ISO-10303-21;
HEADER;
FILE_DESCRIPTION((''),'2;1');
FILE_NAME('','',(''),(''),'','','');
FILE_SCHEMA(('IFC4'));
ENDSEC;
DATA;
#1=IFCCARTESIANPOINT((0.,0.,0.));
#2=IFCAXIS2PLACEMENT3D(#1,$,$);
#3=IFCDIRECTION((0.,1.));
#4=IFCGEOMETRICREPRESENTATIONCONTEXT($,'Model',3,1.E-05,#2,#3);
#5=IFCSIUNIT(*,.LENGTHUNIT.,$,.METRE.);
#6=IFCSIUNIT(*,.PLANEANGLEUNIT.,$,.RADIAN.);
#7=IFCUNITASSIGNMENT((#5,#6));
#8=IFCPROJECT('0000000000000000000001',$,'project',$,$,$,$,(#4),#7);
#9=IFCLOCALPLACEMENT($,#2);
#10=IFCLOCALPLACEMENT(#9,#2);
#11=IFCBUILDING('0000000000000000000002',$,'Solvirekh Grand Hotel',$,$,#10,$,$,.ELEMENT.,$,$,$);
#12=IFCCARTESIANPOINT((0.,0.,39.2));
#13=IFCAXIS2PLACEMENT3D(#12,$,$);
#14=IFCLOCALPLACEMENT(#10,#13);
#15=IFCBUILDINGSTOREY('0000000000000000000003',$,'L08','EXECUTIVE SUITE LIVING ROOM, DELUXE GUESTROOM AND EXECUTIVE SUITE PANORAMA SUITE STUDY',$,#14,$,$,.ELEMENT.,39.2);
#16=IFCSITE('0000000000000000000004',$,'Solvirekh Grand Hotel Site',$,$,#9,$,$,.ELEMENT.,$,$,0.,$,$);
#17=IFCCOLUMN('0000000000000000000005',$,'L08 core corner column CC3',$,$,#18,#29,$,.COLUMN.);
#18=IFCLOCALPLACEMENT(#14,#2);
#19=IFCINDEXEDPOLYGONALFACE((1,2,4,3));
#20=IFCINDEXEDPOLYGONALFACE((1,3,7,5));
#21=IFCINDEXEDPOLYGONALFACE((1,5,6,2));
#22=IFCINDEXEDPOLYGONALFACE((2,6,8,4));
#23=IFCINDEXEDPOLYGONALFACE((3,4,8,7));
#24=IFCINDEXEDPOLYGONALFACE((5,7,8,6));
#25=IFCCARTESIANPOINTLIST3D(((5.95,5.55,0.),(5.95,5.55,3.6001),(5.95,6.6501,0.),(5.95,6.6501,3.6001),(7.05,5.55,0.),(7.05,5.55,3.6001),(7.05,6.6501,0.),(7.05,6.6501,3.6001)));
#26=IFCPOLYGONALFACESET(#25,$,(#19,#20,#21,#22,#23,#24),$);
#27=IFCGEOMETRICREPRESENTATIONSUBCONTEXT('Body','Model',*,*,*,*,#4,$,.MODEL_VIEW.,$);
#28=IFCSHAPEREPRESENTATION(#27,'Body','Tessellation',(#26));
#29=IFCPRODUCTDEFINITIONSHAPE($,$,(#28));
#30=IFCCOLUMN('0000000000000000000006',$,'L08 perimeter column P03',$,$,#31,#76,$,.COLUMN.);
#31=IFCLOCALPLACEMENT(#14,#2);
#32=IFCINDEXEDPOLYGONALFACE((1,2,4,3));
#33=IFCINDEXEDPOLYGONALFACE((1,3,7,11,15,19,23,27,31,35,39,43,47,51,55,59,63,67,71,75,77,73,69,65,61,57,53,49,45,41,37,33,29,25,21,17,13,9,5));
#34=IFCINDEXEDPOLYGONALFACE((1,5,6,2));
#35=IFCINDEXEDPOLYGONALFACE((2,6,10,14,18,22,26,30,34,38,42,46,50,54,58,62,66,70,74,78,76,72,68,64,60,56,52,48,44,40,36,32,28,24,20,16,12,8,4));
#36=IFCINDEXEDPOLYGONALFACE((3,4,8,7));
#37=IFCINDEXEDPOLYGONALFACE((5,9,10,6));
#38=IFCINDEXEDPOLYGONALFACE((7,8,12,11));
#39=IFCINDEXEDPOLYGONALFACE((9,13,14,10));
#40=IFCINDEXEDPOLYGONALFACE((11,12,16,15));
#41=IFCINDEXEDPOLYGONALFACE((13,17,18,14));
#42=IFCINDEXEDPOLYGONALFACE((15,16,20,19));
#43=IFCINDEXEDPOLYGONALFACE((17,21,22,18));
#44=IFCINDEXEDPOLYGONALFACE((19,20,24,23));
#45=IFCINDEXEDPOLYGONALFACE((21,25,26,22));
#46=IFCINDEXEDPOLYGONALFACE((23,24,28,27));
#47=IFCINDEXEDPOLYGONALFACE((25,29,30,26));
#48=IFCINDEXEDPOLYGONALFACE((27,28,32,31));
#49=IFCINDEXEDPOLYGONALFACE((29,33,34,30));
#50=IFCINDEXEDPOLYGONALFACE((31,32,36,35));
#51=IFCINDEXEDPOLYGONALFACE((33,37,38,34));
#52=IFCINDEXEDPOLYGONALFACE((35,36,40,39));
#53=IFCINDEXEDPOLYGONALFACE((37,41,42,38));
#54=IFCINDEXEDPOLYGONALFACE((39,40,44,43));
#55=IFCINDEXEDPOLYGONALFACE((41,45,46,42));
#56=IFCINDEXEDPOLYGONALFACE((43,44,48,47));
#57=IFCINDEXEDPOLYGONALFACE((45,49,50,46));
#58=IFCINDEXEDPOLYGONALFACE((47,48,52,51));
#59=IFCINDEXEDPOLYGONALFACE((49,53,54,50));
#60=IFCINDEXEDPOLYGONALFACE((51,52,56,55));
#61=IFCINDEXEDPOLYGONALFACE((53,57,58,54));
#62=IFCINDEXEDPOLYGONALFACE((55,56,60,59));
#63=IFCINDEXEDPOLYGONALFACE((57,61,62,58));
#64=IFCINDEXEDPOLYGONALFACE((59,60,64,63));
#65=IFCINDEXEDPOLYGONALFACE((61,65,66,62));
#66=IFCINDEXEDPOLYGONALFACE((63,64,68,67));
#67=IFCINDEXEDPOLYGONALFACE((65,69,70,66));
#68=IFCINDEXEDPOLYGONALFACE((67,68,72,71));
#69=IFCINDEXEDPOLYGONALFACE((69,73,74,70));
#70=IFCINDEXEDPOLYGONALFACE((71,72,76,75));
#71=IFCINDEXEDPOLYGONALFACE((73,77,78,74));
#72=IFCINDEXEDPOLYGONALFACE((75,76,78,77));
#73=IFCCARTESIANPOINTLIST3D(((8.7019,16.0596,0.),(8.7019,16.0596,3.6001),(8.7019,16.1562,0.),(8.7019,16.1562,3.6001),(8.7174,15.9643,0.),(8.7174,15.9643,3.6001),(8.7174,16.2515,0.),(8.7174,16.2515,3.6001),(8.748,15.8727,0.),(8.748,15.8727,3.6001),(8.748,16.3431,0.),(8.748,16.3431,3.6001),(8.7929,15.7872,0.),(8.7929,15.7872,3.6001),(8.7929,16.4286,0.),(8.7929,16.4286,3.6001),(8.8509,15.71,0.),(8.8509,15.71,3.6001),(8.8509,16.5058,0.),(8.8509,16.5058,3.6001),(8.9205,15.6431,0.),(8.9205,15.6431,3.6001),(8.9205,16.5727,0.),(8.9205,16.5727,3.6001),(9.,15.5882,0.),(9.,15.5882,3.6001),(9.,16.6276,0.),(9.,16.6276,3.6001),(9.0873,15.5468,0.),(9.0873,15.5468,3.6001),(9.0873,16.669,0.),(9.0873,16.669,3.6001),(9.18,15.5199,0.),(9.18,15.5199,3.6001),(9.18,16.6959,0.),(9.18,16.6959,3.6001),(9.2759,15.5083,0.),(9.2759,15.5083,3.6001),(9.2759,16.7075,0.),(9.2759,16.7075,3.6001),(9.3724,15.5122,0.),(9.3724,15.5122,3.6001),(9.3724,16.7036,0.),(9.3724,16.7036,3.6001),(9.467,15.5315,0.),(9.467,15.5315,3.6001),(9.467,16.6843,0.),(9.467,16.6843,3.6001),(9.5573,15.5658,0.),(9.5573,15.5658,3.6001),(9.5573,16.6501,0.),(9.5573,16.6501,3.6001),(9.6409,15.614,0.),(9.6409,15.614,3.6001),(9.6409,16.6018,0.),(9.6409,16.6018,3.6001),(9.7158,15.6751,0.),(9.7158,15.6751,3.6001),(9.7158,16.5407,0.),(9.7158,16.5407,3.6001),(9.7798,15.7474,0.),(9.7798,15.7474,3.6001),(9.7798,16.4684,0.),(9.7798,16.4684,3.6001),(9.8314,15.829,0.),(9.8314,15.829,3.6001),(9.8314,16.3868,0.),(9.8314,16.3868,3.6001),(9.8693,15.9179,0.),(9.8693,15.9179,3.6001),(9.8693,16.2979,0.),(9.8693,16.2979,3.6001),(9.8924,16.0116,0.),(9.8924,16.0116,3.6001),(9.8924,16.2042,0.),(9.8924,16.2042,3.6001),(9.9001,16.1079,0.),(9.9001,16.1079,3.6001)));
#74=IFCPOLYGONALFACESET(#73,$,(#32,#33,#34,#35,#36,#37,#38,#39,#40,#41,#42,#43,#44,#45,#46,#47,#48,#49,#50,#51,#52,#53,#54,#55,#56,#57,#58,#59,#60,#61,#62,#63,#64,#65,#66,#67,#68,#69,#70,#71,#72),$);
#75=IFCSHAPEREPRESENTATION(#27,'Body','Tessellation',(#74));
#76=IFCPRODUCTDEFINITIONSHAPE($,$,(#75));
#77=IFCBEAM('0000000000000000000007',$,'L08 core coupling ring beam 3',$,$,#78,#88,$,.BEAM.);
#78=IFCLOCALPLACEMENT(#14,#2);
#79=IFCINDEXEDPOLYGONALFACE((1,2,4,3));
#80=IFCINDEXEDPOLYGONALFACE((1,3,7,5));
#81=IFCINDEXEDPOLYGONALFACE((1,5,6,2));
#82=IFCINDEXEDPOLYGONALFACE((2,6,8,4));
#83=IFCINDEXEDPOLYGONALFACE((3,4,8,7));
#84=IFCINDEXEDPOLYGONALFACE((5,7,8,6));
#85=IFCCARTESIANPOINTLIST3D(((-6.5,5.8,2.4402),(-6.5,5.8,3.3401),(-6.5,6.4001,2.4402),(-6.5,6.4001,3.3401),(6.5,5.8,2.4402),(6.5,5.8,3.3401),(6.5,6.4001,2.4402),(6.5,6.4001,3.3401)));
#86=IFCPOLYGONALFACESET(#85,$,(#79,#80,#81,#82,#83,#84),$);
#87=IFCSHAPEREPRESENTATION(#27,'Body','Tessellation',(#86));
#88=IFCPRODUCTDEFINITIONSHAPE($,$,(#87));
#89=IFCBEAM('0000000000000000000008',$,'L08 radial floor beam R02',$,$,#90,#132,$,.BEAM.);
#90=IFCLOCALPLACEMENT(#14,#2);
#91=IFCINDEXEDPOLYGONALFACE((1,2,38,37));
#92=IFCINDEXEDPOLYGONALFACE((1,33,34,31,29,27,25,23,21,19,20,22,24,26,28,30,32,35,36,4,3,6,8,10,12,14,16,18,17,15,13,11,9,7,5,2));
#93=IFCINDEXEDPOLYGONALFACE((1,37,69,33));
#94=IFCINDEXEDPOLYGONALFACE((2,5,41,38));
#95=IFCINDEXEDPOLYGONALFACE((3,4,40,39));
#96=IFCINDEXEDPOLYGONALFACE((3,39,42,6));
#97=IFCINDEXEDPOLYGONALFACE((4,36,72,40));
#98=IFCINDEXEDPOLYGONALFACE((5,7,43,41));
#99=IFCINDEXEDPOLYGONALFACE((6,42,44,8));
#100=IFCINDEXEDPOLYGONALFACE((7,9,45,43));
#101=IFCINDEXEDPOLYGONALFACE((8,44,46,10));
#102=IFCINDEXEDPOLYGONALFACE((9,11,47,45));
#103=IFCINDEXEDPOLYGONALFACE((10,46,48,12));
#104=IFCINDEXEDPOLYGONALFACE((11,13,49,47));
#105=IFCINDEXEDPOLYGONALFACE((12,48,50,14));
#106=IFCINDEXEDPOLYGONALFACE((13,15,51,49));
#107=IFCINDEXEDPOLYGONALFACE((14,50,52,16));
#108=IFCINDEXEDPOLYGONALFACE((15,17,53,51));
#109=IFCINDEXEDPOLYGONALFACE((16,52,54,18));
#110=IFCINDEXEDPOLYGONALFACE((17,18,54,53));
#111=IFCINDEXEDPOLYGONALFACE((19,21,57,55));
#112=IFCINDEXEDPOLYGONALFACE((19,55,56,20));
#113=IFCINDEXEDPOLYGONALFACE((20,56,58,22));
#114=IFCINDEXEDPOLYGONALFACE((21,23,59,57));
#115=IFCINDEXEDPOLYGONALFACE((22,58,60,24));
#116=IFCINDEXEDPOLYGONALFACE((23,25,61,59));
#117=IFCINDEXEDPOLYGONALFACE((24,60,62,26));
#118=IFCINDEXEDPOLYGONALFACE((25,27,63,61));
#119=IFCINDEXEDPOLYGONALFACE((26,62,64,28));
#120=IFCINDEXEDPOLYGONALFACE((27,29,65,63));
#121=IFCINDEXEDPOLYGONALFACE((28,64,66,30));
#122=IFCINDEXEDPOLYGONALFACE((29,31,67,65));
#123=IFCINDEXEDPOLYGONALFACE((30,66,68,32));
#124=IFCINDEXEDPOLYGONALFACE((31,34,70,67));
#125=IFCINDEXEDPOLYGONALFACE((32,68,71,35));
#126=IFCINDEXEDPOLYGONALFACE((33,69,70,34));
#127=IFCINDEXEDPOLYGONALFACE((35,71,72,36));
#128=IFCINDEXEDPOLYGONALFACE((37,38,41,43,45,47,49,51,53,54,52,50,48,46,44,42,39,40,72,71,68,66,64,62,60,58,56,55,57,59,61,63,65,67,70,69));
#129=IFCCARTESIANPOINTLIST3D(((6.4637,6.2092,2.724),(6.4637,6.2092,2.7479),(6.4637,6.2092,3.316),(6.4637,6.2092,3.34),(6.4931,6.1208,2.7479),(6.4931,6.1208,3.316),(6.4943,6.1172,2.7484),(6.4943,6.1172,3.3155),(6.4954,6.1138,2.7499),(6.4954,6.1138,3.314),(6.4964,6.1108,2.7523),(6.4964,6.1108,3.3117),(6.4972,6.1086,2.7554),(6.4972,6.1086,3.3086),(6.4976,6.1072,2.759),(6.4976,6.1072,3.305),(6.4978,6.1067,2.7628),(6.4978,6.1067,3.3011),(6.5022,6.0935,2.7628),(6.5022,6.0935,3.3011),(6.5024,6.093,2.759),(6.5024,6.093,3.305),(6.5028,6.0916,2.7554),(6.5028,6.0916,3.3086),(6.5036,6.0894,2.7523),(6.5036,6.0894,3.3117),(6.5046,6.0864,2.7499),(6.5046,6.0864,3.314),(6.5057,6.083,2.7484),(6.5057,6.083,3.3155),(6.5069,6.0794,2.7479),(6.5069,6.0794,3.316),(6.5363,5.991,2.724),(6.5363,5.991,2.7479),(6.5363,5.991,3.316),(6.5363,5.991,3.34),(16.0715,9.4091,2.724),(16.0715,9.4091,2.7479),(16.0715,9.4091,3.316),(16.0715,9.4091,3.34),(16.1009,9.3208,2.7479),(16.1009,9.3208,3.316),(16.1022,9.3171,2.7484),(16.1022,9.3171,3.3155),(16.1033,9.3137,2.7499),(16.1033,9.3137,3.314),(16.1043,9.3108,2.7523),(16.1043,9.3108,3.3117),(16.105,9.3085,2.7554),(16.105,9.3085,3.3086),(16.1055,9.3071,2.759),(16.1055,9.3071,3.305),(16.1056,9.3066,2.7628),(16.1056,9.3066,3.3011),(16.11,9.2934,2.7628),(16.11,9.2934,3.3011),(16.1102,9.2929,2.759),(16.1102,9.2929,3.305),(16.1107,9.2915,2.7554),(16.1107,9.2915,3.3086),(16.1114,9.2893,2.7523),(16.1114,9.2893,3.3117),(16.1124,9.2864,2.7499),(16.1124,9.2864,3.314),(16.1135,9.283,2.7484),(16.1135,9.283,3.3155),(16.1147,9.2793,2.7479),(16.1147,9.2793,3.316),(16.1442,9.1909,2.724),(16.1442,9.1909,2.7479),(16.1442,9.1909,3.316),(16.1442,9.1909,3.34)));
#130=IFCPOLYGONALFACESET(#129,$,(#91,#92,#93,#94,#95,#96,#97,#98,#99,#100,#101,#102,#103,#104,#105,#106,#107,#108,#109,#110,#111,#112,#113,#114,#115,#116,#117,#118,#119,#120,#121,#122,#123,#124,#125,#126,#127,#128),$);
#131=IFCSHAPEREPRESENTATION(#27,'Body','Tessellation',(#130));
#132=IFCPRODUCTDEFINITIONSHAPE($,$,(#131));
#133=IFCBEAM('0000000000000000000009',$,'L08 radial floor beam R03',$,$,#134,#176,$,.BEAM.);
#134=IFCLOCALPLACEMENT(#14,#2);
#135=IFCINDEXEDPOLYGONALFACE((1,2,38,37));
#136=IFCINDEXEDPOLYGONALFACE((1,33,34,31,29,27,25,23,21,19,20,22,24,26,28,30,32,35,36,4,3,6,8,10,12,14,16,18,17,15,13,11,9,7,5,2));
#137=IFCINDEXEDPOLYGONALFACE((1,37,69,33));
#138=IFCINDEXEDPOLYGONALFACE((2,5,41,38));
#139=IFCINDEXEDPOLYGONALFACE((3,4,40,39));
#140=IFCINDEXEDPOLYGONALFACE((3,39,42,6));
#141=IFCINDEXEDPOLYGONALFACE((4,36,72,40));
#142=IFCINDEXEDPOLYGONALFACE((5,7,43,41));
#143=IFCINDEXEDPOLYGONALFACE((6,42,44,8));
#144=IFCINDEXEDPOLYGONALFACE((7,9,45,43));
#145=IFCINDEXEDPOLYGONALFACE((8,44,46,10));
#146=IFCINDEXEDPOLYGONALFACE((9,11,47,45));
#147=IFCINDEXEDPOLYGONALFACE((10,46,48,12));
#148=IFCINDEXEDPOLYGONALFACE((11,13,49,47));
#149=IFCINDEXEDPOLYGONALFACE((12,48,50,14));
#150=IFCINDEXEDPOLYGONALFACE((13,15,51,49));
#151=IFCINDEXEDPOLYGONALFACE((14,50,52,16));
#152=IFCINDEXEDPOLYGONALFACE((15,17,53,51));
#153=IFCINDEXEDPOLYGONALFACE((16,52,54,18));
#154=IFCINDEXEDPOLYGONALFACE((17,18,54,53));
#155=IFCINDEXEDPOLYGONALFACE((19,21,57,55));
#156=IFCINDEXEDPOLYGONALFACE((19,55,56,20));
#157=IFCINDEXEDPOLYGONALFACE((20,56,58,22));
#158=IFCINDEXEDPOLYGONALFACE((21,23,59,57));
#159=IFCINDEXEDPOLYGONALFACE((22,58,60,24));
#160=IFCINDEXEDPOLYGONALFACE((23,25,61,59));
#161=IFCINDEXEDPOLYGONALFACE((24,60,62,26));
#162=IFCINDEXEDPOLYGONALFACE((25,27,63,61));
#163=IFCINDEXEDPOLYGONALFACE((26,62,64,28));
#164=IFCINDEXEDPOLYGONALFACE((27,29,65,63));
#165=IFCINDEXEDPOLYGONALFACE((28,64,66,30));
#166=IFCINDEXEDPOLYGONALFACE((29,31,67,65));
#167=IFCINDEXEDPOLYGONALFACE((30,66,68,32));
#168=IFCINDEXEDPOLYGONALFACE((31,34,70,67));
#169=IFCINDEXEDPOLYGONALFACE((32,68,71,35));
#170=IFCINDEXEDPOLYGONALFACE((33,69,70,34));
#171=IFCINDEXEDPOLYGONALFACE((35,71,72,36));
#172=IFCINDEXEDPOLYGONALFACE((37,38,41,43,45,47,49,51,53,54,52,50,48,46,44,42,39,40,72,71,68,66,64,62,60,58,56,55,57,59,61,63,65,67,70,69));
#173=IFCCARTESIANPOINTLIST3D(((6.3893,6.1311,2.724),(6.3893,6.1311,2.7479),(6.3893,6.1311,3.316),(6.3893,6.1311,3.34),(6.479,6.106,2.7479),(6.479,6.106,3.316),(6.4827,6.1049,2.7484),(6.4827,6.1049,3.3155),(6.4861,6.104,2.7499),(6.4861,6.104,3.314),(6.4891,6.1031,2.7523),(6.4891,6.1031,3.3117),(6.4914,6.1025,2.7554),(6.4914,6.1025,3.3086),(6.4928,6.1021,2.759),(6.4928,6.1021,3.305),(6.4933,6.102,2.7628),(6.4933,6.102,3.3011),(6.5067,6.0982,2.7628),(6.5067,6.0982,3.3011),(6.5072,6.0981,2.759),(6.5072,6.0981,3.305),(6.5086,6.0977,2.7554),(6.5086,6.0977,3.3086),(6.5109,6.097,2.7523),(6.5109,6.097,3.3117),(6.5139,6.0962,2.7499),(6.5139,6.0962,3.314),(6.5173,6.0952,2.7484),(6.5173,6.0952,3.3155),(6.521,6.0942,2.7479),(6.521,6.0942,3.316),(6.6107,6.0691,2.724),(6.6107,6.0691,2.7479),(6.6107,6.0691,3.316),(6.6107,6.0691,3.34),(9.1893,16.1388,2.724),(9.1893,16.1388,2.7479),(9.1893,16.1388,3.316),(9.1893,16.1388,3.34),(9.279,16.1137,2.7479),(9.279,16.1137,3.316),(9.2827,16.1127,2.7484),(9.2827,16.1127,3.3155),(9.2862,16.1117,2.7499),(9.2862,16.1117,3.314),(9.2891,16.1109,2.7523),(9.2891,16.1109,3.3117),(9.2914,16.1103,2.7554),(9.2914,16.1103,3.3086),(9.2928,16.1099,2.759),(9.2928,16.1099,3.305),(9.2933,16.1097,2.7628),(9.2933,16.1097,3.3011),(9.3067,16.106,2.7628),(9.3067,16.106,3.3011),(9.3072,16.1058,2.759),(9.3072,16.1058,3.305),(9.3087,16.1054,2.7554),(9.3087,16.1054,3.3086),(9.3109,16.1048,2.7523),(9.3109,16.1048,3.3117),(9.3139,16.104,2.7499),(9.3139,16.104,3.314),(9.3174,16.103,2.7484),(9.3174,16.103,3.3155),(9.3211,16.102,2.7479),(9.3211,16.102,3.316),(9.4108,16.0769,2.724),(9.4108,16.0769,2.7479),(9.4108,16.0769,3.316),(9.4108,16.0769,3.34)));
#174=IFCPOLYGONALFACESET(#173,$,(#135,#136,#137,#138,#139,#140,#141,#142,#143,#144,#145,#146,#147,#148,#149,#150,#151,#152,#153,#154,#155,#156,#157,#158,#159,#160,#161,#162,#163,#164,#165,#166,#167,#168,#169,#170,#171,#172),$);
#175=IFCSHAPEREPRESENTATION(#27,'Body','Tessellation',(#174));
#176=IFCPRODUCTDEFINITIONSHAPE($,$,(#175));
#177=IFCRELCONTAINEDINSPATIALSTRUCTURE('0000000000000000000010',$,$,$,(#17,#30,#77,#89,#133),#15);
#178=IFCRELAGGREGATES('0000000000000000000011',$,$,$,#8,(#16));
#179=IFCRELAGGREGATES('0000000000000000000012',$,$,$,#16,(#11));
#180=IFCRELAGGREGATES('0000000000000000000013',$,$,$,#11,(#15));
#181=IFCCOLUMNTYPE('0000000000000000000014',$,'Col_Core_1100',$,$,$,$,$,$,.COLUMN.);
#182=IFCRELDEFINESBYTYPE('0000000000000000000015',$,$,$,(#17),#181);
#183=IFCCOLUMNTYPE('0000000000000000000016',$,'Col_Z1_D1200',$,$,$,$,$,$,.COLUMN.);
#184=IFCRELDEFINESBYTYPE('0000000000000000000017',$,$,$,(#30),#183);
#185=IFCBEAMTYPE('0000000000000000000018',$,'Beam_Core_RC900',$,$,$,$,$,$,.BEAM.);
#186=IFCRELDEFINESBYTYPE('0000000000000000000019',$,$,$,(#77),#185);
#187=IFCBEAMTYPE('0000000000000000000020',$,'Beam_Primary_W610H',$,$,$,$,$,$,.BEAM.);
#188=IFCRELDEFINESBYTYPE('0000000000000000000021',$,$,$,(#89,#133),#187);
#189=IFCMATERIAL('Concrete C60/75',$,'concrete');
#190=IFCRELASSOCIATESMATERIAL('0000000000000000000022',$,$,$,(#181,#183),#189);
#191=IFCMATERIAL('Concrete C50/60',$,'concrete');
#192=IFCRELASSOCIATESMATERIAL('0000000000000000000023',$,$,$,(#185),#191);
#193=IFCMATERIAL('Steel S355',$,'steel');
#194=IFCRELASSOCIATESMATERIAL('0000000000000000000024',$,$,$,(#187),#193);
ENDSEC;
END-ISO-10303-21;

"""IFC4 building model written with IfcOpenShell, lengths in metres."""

from ifc_helpers import new_model, si_unit, direction, frame, origin, origin_2d, place, context, subcontext, project, spatial, rectangle, circle, i_section, extrude, material, material_profile, profile_set, type_object, element, save


model = new_model("IFC4")

# Units and contexts
model_context = context("Model", 3, precision=1e-05, world=origin(), true_north=direction((0.0, 1.0)))
body_context = subcontext(model_context, "Body", "Model", "MODEL_VIEW")
ifc_project = project(units=[si_unit("LENGTHUNIT", "METRE"), si_unit("PLANEANGLEUNIT", "RADIAN")], contexts=[model_context])

# Site, building, storey
site_placement = place(None, origin())
site = spatial("IfcSite", under=ifc_project, at=site_placement, Name="Solvirekh Grand Hotel Site", CompositionType="ELEMENT", RefElevation=0.0)
building_placement = place(site_placement, origin())
building = spatial("IfcBuilding", under=site, at=building_placement, Name="Solvirekh Grand Hotel", CompositionType="ELEMENT")
storey_placement = place(building_placement, frame((0.0, 0.0, 39.2)))
storey = spatial("IfcBuildingStorey", under=building, at=storey_placement, Name="L08", Description="EXECUTIVE SUITE LIVING ROOM, DELUXE GUESTROOM AND EXECUTIVE SUITE PANORAMA SUITE STUDY", CompositionType="ELEMENT", Elevation=39.2)

# Columns
ifc_material_1 = material(Name="Concrete C60/75", Category="concrete")
ifc_material_profile_1 = material_profile(ifc_material_1, rectangle(XDim=1.1001, YDim=1.1001, at=origin_2d()), Name="RC 1100X1100")
ifc_profile_set_1 = profile_set([ifc_material_profile_1], Name="Concrete C60/75")
column_type_1 = type_object("IfcColumnType", Name="Col_Core_1100", PredefinedType="COLUMN", material=ifc_profile_set_1)
column_1_placement = place(storey_placement, frame((6.5, 6.1001, 0.0), z_axis=(0.0, 0.0, 1.0), x_axis=(1.0, 0.0, 0.0)))
element("IfcColumn", 1, at=column_1_placement, inside=storey, type_object=column_type_1, Name="L08 core corner column CC3", PredefinedType="COLUMN", context=body_context, shape_type="SweptSolid", body=[
    extrude(rectangle(XDim=1.1001, YDim=1.1001, at=origin_2d()), origin(), (0.0, 0.0, 1.0), 3.6001),
])
ifc_material_profile_2 = material_profile(ifc_material_1, circle(Radius=0.6001, at=origin_2d()), Name="RC CIRC D1200")
ifc_profile_set_2 = profile_set([ifc_material_profile_2], Name="Concrete C60/75")
column_type_2 = type_object("IfcColumnType", Name="Col_Z1_D1200", PredefinedType="COLUMN", material=ifc_profile_set_2)
column_2_placement = place(storey_placement, frame((9.3, 16.1079, 0.0), z_axis=(0.0, 0.0, 1.0), x_axis=(1.0, 0.0, 0.0)))
element("IfcColumn", 2, at=column_2_placement, inside=storey, type_object=column_type_2, Name="L08 perimeter column P03", PredefinedType="COLUMN", context=body_context, shape_type="SweptSolid", body=[
    extrude(circle(Radius=0.6001, at=origin_2d()), origin(), (0.0, 0.0, 1.0), 3.6001),
])

# Beams
ifc_material_2 = material(Name="Concrete C50/60", Category="concrete")
ifc_material_profile_3 = material_profile(ifc_material_2, rectangle(XDim=0.6001, YDim=0.8999, at=origin_2d()), Name="RC BEAM 600X900")
ifc_profile_set_3 = profile_set([ifc_material_profile_3], Name="Concrete C50/60")
beam_type_1 = type_object("IfcBeamType", Name="Beam_Core_RC900", PredefinedType="BEAM", material=ifc_profile_set_3)
beam_1_placement = place(storey_placement, frame((6.5, 6.1001, 2.8901), z_axis=(-1.0, 0.0, 0.0), x_axis=(0.0, -1.0, 0.0)))
element("IfcBeam", 3, at=beam_1_placement, inside=storey, type_object=beam_type_1, Name="L08 core coupling ring beam 3", PredefinedType="BEAM", context=body_context, shape_type="SweptSolid", body=[
    extrude(rectangle(XDim=0.6001, YDim=0.8999, at=origin_2d()), origin(), (0.0, 0.0, 1.0), 13.0),
])
ifc_material_3 = material(Name="Steel S355", Category="steel")
ifc_material_profile_4 = material_profile(ifc_material_3, i_section(OverallWidth=0.23, OverallDepth=0.616, WebThickness=0.0139, FlangeThickness=0.0239, FilletRadius=0.0149, at=origin_2d()), Name="W610X174")
ifc_profile_set_4 = profile_set([ifc_material_profile_4], Name="Steel S355")
beam_type_2 = type_object("IfcBeamType", Name="Beam_Primary_W610H", PredefinedType="BEAM", material=ifc_profile_set_4)
beam_2_placement = place(storey_placement, frame((6.5, 6.1001, 3.032), z_axis=(0.948763, 0.315989, 0.0), x_axis=(-0.315989, 0.948763, 0.0)))
element("IfcBeam", 4, at=beam_2_placement, inside=storey, type_object=beam_type_2, Name="L08 radial floor beam R02", PredefinedType="BEAM", context=body_context, shape_type="SweptSolid", body=[
    extrude(i_section(OverallWidth=0.23, OverallDepth=0.616, WebThickness=0.0139, FlangeThickness=0.0239, FilletRadius=0.0149, at=origin_2d()), origin(), (0.0, 0.0, 1.0), 10.1267),
])
beam_3_placement = place(storey_placement, frame((6.5, 6.1001, 3.032), z_axis=(0.269439, 0.963017, 0.0), x_axis=(-0.963017, 0.269439, 0.0)))
element("IfcBeam", 5, at=beam_3_placement, inside=storey, type_object=beam_type_2, Name="L08 radial floor beam R03", PredefinedType="BEAM", context=body_context, shape_type="SweptSolid", body=[
    extrude(i_section(OverallWidth=0.23, OverallDepth=0.616, WebThickness=0.0139, FlangeThickness=0.0239, FilletRadius=0.0149, at=origin_2d()), origin(), (0.0, 0.0, 1.0), 10.3921),
])

save(model, "model.ifc")
